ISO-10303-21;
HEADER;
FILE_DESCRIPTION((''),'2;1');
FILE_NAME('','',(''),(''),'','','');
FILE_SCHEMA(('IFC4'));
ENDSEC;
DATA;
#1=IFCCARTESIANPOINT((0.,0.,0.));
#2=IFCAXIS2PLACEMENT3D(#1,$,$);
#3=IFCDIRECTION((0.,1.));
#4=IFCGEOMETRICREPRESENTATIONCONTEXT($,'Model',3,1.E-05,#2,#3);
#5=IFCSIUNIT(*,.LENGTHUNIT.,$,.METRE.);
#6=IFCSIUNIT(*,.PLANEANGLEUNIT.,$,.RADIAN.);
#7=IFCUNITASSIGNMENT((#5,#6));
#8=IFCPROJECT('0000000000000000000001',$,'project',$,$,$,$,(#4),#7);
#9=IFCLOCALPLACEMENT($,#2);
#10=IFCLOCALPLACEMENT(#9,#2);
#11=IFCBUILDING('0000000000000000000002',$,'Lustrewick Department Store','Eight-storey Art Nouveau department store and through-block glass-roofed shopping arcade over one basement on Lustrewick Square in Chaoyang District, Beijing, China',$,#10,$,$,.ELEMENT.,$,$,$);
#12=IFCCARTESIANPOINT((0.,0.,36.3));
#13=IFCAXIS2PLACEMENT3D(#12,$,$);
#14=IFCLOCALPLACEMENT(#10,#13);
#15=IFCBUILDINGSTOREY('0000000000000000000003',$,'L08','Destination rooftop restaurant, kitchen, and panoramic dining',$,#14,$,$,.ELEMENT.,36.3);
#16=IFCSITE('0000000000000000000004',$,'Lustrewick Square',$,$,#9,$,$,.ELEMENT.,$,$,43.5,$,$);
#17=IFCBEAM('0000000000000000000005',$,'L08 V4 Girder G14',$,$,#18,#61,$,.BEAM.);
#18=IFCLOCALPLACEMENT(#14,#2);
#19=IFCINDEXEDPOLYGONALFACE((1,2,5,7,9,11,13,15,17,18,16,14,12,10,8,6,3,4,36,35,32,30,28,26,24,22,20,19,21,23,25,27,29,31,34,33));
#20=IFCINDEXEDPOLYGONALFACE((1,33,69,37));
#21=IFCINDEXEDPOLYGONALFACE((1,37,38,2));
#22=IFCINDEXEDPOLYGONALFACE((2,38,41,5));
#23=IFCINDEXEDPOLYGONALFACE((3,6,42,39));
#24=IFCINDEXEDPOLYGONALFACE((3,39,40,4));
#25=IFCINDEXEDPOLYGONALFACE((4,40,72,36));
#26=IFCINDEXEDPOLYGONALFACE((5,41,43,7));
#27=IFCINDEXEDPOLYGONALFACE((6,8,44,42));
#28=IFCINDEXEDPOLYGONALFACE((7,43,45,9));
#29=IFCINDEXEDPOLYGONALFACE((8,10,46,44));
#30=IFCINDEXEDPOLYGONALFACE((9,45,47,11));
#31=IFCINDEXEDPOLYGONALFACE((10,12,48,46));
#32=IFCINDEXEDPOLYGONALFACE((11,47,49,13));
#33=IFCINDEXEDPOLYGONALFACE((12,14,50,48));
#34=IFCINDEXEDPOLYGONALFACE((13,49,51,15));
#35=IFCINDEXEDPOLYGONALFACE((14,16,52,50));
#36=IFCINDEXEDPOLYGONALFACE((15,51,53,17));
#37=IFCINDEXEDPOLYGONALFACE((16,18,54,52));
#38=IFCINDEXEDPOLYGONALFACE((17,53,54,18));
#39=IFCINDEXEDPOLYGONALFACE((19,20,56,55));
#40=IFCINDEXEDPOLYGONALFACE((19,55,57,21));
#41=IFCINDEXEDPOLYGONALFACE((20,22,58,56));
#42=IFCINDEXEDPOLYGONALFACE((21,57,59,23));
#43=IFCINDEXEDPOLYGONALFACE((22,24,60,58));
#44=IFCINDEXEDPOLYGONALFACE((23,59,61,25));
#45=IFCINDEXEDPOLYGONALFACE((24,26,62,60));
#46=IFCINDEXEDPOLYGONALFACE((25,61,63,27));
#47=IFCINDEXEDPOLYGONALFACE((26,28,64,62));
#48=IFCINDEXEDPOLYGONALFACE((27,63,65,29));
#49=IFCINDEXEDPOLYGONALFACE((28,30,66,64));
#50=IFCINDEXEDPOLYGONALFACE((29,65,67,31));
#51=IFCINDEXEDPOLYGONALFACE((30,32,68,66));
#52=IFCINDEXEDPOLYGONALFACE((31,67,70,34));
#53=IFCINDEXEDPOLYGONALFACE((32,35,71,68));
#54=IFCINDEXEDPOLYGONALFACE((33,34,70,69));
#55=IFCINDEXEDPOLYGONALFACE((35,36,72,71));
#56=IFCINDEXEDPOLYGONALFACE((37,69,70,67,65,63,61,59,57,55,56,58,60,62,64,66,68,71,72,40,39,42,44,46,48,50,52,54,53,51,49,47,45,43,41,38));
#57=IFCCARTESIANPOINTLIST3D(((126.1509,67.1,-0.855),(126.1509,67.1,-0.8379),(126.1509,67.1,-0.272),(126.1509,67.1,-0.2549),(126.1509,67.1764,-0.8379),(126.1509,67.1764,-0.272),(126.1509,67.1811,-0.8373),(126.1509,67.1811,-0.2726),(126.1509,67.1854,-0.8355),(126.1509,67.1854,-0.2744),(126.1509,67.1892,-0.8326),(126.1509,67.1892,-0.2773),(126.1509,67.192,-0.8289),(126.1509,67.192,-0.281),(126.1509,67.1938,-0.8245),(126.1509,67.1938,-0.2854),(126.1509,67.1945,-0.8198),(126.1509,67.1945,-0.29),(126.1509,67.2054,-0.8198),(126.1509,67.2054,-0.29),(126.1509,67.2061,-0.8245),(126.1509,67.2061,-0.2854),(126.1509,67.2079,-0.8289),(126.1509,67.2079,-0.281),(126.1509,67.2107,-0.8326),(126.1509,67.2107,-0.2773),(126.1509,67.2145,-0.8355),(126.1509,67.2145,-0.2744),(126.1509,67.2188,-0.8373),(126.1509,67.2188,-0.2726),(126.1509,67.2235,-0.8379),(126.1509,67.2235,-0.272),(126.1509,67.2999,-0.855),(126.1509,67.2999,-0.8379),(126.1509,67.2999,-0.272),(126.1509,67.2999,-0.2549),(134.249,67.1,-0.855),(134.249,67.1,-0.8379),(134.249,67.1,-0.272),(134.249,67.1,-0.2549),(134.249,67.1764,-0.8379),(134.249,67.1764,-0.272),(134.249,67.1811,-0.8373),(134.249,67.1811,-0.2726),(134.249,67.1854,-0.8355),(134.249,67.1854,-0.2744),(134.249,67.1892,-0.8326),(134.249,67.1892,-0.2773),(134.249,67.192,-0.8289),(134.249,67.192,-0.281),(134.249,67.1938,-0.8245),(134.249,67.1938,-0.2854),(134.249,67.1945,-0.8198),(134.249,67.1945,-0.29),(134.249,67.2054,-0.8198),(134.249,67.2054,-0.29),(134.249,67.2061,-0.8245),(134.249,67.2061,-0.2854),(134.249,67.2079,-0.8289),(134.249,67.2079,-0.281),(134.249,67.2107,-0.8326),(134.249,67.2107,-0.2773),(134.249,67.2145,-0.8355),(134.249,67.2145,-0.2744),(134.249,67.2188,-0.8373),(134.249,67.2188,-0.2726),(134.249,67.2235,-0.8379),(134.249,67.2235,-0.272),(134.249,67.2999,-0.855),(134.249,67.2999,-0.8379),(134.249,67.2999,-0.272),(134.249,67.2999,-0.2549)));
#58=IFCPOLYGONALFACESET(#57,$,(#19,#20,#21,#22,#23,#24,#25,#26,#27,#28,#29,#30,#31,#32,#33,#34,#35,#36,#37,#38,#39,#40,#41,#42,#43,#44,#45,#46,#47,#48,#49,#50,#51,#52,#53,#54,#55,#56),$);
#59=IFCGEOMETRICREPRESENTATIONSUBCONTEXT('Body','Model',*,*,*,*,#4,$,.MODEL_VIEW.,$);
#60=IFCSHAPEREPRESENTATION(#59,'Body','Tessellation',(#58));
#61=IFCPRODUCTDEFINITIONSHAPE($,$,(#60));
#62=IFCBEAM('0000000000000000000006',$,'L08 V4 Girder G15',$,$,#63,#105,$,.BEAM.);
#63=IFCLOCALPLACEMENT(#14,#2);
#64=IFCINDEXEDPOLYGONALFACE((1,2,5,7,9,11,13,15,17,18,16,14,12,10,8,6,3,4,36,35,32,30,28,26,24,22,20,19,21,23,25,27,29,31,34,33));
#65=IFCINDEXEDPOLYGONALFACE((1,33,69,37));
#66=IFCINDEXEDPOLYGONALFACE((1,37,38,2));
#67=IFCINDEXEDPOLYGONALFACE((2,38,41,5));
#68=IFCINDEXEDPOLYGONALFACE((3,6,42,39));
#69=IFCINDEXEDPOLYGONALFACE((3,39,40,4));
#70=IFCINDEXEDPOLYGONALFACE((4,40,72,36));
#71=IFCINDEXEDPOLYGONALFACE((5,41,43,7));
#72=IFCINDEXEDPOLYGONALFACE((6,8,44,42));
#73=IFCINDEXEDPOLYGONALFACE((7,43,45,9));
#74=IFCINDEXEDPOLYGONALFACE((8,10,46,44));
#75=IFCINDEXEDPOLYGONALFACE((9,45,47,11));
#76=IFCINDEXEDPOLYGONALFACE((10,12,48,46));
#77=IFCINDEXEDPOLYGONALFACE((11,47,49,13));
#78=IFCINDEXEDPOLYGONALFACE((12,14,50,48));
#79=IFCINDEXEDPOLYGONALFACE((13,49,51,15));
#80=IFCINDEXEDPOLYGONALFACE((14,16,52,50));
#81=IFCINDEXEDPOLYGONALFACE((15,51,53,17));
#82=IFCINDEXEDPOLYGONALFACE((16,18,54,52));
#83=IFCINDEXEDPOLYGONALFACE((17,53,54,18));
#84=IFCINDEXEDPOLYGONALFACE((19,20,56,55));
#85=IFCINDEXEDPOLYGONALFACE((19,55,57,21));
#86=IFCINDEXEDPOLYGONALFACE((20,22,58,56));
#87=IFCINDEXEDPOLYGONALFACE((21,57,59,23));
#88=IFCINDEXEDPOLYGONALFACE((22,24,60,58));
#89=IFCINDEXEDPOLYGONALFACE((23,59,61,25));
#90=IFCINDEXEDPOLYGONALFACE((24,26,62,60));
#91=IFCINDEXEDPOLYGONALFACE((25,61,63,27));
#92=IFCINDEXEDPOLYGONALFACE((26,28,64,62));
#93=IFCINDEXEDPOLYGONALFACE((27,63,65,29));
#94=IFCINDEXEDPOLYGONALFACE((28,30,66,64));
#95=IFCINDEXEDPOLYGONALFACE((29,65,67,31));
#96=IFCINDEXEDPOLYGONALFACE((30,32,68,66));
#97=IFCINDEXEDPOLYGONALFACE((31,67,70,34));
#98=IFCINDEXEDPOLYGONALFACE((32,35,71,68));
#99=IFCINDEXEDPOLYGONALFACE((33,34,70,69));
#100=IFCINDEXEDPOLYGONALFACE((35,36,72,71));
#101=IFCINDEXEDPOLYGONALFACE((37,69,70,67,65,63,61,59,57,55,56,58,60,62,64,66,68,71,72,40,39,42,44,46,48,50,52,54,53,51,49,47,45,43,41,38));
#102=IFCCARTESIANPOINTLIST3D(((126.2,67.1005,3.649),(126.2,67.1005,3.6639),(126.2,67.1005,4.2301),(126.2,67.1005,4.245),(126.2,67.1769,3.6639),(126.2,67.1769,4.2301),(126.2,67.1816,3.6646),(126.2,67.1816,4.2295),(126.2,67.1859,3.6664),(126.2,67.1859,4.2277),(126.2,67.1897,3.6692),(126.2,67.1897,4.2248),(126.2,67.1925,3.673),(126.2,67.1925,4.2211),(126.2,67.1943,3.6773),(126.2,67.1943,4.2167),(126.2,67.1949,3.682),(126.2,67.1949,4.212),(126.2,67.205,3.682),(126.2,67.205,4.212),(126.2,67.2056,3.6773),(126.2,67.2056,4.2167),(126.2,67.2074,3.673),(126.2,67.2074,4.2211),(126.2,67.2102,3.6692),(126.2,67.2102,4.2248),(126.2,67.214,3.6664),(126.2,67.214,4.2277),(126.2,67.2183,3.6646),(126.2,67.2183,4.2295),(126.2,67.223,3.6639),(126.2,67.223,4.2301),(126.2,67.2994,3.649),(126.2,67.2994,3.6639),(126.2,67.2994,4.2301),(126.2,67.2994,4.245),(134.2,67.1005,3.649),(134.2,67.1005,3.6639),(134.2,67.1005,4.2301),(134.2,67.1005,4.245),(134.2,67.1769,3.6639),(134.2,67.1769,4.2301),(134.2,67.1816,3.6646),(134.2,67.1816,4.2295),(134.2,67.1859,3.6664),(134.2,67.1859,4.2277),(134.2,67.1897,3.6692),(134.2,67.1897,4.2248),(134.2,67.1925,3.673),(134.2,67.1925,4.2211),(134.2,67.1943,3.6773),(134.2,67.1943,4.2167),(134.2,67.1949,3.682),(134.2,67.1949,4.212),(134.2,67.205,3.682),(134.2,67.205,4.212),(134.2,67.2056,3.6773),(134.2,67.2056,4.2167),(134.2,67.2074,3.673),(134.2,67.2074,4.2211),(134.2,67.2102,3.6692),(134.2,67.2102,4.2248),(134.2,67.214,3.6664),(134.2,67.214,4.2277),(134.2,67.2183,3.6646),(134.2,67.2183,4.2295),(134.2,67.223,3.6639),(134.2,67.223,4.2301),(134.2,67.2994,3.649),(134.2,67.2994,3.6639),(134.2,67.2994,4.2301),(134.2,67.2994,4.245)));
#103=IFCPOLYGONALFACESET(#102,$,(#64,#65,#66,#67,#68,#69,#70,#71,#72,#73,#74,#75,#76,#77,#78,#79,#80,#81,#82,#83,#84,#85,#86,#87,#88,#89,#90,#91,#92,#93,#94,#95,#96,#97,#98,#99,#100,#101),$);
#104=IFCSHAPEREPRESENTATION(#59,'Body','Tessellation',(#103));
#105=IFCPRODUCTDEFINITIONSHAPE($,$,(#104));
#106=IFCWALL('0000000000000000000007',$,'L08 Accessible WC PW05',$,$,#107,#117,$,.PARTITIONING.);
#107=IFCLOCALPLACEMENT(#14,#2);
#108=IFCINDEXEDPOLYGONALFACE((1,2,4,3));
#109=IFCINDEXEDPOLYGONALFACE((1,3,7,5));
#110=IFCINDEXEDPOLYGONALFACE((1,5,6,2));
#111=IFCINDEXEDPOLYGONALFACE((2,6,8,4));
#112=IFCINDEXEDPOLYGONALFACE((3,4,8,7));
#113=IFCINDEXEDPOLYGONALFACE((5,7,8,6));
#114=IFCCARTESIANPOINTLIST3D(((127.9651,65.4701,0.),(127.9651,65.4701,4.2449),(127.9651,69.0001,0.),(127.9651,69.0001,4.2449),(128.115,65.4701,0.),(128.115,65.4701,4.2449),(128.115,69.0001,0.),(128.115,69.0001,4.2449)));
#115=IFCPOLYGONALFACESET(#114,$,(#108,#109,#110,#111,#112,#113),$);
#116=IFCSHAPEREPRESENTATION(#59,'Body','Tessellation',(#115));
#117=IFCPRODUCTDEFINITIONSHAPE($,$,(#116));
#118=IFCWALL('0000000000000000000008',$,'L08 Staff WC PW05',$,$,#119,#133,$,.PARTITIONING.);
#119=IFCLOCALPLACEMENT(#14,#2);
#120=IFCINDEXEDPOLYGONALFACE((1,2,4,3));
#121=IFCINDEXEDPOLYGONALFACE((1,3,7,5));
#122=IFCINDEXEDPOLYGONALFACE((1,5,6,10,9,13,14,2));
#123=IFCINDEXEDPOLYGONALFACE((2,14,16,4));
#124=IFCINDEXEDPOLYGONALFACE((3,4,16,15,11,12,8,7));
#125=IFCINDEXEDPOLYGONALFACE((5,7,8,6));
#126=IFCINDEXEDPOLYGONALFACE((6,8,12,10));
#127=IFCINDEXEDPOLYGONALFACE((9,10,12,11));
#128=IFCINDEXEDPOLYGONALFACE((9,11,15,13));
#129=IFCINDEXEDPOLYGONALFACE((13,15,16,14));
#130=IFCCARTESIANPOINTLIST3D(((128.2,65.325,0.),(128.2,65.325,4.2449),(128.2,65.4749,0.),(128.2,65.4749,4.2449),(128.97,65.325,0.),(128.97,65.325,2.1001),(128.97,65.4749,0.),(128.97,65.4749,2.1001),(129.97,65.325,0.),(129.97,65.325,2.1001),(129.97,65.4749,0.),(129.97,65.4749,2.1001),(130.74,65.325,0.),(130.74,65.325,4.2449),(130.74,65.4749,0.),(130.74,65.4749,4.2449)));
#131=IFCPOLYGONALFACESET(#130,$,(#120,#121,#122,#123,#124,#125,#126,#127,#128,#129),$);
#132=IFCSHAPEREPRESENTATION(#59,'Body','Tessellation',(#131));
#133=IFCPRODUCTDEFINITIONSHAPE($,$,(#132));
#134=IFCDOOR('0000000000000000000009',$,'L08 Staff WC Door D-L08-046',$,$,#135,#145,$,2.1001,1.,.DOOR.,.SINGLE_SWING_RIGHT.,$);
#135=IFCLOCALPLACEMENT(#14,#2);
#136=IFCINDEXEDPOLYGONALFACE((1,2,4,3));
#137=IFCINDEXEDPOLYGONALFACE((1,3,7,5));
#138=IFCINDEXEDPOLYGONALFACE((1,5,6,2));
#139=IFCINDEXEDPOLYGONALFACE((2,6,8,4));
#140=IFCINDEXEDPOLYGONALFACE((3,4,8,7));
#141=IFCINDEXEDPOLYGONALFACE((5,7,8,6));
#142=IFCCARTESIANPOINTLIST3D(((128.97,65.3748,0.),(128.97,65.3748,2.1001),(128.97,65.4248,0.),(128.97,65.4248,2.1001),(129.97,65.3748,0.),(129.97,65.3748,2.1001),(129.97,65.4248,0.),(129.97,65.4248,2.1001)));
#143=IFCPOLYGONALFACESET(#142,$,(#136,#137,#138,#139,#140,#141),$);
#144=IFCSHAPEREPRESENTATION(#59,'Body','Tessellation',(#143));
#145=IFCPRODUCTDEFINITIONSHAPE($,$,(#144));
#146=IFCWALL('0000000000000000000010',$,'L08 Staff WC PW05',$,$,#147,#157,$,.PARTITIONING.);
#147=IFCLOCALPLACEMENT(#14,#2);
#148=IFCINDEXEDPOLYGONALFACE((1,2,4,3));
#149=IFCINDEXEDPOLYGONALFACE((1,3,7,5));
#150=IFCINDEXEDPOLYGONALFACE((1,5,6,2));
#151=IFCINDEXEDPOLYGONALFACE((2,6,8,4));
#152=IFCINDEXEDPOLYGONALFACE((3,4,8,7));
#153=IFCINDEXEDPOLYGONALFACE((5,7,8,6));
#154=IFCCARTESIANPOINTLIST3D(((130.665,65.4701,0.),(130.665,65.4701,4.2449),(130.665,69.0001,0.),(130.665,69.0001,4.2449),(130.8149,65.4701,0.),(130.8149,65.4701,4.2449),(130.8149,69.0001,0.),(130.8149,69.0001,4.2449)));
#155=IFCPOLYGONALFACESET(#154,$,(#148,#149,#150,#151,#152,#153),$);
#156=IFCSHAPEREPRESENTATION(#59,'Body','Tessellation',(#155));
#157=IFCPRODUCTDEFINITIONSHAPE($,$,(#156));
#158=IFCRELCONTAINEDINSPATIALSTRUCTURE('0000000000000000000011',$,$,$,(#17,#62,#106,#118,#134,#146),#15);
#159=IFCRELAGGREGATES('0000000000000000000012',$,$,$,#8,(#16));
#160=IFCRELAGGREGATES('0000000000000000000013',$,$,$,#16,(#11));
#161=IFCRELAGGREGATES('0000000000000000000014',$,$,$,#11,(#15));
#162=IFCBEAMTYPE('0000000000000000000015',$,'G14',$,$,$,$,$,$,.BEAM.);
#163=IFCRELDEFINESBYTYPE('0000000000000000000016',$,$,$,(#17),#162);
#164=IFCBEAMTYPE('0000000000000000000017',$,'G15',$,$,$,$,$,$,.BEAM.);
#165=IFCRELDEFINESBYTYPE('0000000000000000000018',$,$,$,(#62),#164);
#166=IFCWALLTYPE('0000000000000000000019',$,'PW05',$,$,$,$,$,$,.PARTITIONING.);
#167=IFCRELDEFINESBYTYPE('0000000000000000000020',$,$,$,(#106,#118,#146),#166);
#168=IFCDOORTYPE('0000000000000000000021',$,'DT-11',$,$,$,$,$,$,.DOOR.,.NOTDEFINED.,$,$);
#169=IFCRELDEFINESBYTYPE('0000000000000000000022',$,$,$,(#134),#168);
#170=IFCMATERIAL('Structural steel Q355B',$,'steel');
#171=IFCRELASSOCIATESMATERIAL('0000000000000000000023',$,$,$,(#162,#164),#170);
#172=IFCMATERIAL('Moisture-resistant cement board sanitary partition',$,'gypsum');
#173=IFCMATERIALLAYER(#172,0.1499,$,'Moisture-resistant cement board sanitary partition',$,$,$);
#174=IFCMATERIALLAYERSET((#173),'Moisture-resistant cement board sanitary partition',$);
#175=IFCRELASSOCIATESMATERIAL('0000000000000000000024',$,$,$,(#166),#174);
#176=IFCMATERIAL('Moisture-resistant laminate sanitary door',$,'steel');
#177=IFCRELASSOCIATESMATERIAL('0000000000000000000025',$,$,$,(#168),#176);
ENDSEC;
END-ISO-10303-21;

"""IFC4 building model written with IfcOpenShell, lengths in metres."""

from ifc_helpers import new_model, si_unit, direction, frame, frame_2d, origin, origin_2d, place, context, subcontext, project, spatial, rectangle, i_section, extrude, material, layer, layer_set, material_profile, profile_set, type_object, element, fill, save


model = new_model("IFC4")

# Units and contexts
model_context = context("Model", 3, precision=1e-05, world=origin(), true_north=direction((0.0, 1.0)))
body_context = subcontext(model_context, "Body", "Model", "MODEL_VIEW")
ifc_project = project(units=[si_unit("LENGTHUNIT", "METRE"), si_unit("PLANEANGLEUNIT", "RADIAN")], contexts=[model_context])

# Site, building, storey
site_placement = place(None, origin())
site = spatial("IfcSite", under=ifc_project, at=site_placement, Name="Lustrewick Square", CompositionType="ELEMENT", RefElevation=43.5)
building_placement = place(site_placement, origin())
building = spatial("IfcBuilding", under=site, at=building_placement, Name="Lustrewick Department Store", Description="Eight-storey Art Nouveau department store and through-block glass-roofed shopping arcade over one basement on Lustrewick Square in Chaoyang District, Beijing, China", CompositionType="ELEMENT")
storey_placement = place(building_placement, frame((0.0, 0.0, 36.3)))
storey = spatial("IfcBuildingStorey", under=building, at=storey_placement, Name="L08", Description="Destination rooftop restaurant, kitchen, and panoramic dining", CompositionType="ELEMENT", Elevation=36.3)

# Shared definitions
ifc_material_1 = material(Name="Structural steel Q355B", Category="steel")

# Beams
ifc_material_profile_1 = material_profile(ifc_material_1, i_section(OverallWidth=0.2, OverallDepth=0.6001, WebThickness=0.011, FlangeThickness=0.0171, FilletRadius=0.0181, at=origin_2d()), Name="HN 600x200x11x17")
ifc_profile_set_1 = profile_set([ifc_material_profile_1], Name="Structural steel Q355B")
beam_type_1 = type_object("IfcBeamType", Name="G14", PredefinedType="BEAM", material=ifc_profile_set_1)
beam_1_placement = place(storey_placement, frame((126.1509, 67.2, -0.5549), z_axis=(1.0, 0.0, 0.0), x_axis=(0.0, 1.0, 0.0)))
element("IfcBeam", 1, at=beam_1_placement, inside=storey, type_object=beam_type_1, Name="L08 V4 Girder G14", PredefinedType="BEAM", context=body_context, shape_type="SweptSolid", body=[
    extrude(i_section(OverallWidth=0.2, OverallDepth=0.6001, WebThickness=0.011, FlangeThickness=0.0171, FilletRadius=0.0181, at=origin_2d()), origin(), (0.0, 0.0, 1.0), 8.0981),
])
ifc_material_profile_2 = material_profile(ifc_material_1, i_section(OverallWidth=0.199, OverallDepth=0.5959, WebThickness=0.01, FlangeThickness=0.0149, FilletRadius=0.0181, at=origin_2d()), Name="HN 596x199x10x15")
ifc_profile_set_2 = profile_set([ifc_material_profile_2], Name="Structural steel Q355B")
beam_type_2 = type_object("IfcBeamType", Name="G15", PredefinedType="BEAM", material=ifc_profile_set_2)
beam_2_placement = place(storey_placement, frame((126.2, 67.2, 3.947), z_axis=(1.0, 0.0, 0.0), x_axis=(0.0, 1.0, 0.0)))
element("IfcBeam", 2, at=beam_2_placement, inside=storey, type_object=beam_type_2, Name="L08 V4 Girder G15", PredefinedType="BEAM", context=body_context, shape_type="SweptSolid", body=[
    extrude(i_section(OverallWidth=0.199, OverallDepth=0.5959, WebThickness=0.01, FlangeThickness=0.0149, FilletRadius=0.0181, at=origin_2d()), origin(), (0.0, 0.0, 1.0), 8.0),
])

# Wall
ifc_material_2 = material(Name="Moisture-resistant cement board sanitary partition", Category="gypsum")
ifc_layer = layer(ifc_material_2, 0.1499, Name="Moisture-resistant cement board sanitary partition")
ifc_layer_set = layer_set([ifc_layer], Name="Moisture-resistant cement board sanitary partition")
wall_type = type_object("IfcWallType", Name="PW05", PredefinedType="PARTITIONING", material=ifc_layer_set)
wall_1_placement = place(storey_placement, frame((128.04, 65.47, 0.0), z_axis=(0.0, 0.0, 1.0), x_axis=(0.0, 1.0, 0.0)))
element("IfcWall", 3, at=wall_1_placement, inside=storey, type_object=wall_type, Name="L08 Accessible WC PW05", PredefinedType="PARTITIONING", context=body_context, shape_type="SweptSolid", body=[
    extrude(rectangle(XDim=3.53, YDim=0.1499, at=frame_2d((1.7651, 0.0))), origin(), (0.0, 0.0, 1.0), 4.2449),
])

# Wall, opening, door
wall_2_placement = place(storey_placement, frame((128.2, 65.3999, 0.0), z_axis=(0.0, 0.0, 1.0), x_axis=(1.0, 0.0, 0.0)))
wall_2 = element("IfcWall", 4, at=wall_2_placement, inside=storey, type_object=wall_type, Name="L08 Staff WC PW05", PredefinedType="PARTITIONING", context=body_context, shape_type="SweptSolid", body=[
    extrude(rectangle(XDim=2.54, YDim=0.1499, at=frame_2d((1.27, 0.0))), origin(), (0.0, 0.0, 1.0), 4.2449),
])
opening_1_placement = place(wall_2_placement, frame((0.77, 0.0, 0.0)))
opening_1 = element("IfcOpeningElement", 5, at=opening_1_placement, cuts=wall_2, PredefinedType="OPENING", context=body_context, shape_type="SweptSolid", body=[
    extrude(rectangle(XDim=1.0, YDim=2.1001, at=frame_2d((0.5, 1.05))), frame((0.0, 0.085, 0.0), z_axis=(0.0, -1.0, 0.0), x_axis=(1.0, 0.0, 0.0)), (0.0, 0.0, 1.0), 0.1699),
])
ifc_material_3 = material(Name="Moisture-resistant laminate sanitary door", Category="steel")
door_type_1 = type_object("IfcDoorType", Name="DT-11", OperationType="NOTDEFINED", PredefinedType="DOOR", material=ifc_material_3)
door_1_placement = place(opening_1_placement, origin())
door_1 = element("IfcDoor", 6, at=door_1_placement, inside=storey, type_object=door_type_1, Name="L08 Staff WC Door D-L08-046", OperationType="SINGLE_SWING_RIGHT", OverallHeight=2.1001, OverallWidth=1.0, PredefinedType="DOOR", context=body_context, shape_type="SweptSolid", body=[
    extrude(rectangle(XDim=1.0, YDim=2.1001, at=frame_2d((0.5, 1.05))), frame((0.0, 0.0249, 0.0), z_axis=(0.0, -1.0, 0.0), x_axis=(1.0, 0.0, 0.0)), (0.0, 0.0, 1.0), 0.05),
])
fill(opening_1, door_1)

# Wall
wall_3_placement = place(storey_placement, frame((130.74, 65.47, 0.0), z_axis=(0.0, 0.0, 1.0), x_axis=(0.0, 1.0, 0.0)))
element("IfcWall", 7, at=wall_3_placement, inside=storey, type_object=wall_type, Name="L08 Staff WC PW05", PredefinedType="PARTITIONING", context=body_context, shape_type="SweptSolid", body=[
    extrude(rectangle(XDim=3.53, YDim=0.1499, at=frame_2d((1.7651, 0.0))), origin(), (0.0, 0.0, 1.0), 4.2449),
])

save(model, "model.ifc")
